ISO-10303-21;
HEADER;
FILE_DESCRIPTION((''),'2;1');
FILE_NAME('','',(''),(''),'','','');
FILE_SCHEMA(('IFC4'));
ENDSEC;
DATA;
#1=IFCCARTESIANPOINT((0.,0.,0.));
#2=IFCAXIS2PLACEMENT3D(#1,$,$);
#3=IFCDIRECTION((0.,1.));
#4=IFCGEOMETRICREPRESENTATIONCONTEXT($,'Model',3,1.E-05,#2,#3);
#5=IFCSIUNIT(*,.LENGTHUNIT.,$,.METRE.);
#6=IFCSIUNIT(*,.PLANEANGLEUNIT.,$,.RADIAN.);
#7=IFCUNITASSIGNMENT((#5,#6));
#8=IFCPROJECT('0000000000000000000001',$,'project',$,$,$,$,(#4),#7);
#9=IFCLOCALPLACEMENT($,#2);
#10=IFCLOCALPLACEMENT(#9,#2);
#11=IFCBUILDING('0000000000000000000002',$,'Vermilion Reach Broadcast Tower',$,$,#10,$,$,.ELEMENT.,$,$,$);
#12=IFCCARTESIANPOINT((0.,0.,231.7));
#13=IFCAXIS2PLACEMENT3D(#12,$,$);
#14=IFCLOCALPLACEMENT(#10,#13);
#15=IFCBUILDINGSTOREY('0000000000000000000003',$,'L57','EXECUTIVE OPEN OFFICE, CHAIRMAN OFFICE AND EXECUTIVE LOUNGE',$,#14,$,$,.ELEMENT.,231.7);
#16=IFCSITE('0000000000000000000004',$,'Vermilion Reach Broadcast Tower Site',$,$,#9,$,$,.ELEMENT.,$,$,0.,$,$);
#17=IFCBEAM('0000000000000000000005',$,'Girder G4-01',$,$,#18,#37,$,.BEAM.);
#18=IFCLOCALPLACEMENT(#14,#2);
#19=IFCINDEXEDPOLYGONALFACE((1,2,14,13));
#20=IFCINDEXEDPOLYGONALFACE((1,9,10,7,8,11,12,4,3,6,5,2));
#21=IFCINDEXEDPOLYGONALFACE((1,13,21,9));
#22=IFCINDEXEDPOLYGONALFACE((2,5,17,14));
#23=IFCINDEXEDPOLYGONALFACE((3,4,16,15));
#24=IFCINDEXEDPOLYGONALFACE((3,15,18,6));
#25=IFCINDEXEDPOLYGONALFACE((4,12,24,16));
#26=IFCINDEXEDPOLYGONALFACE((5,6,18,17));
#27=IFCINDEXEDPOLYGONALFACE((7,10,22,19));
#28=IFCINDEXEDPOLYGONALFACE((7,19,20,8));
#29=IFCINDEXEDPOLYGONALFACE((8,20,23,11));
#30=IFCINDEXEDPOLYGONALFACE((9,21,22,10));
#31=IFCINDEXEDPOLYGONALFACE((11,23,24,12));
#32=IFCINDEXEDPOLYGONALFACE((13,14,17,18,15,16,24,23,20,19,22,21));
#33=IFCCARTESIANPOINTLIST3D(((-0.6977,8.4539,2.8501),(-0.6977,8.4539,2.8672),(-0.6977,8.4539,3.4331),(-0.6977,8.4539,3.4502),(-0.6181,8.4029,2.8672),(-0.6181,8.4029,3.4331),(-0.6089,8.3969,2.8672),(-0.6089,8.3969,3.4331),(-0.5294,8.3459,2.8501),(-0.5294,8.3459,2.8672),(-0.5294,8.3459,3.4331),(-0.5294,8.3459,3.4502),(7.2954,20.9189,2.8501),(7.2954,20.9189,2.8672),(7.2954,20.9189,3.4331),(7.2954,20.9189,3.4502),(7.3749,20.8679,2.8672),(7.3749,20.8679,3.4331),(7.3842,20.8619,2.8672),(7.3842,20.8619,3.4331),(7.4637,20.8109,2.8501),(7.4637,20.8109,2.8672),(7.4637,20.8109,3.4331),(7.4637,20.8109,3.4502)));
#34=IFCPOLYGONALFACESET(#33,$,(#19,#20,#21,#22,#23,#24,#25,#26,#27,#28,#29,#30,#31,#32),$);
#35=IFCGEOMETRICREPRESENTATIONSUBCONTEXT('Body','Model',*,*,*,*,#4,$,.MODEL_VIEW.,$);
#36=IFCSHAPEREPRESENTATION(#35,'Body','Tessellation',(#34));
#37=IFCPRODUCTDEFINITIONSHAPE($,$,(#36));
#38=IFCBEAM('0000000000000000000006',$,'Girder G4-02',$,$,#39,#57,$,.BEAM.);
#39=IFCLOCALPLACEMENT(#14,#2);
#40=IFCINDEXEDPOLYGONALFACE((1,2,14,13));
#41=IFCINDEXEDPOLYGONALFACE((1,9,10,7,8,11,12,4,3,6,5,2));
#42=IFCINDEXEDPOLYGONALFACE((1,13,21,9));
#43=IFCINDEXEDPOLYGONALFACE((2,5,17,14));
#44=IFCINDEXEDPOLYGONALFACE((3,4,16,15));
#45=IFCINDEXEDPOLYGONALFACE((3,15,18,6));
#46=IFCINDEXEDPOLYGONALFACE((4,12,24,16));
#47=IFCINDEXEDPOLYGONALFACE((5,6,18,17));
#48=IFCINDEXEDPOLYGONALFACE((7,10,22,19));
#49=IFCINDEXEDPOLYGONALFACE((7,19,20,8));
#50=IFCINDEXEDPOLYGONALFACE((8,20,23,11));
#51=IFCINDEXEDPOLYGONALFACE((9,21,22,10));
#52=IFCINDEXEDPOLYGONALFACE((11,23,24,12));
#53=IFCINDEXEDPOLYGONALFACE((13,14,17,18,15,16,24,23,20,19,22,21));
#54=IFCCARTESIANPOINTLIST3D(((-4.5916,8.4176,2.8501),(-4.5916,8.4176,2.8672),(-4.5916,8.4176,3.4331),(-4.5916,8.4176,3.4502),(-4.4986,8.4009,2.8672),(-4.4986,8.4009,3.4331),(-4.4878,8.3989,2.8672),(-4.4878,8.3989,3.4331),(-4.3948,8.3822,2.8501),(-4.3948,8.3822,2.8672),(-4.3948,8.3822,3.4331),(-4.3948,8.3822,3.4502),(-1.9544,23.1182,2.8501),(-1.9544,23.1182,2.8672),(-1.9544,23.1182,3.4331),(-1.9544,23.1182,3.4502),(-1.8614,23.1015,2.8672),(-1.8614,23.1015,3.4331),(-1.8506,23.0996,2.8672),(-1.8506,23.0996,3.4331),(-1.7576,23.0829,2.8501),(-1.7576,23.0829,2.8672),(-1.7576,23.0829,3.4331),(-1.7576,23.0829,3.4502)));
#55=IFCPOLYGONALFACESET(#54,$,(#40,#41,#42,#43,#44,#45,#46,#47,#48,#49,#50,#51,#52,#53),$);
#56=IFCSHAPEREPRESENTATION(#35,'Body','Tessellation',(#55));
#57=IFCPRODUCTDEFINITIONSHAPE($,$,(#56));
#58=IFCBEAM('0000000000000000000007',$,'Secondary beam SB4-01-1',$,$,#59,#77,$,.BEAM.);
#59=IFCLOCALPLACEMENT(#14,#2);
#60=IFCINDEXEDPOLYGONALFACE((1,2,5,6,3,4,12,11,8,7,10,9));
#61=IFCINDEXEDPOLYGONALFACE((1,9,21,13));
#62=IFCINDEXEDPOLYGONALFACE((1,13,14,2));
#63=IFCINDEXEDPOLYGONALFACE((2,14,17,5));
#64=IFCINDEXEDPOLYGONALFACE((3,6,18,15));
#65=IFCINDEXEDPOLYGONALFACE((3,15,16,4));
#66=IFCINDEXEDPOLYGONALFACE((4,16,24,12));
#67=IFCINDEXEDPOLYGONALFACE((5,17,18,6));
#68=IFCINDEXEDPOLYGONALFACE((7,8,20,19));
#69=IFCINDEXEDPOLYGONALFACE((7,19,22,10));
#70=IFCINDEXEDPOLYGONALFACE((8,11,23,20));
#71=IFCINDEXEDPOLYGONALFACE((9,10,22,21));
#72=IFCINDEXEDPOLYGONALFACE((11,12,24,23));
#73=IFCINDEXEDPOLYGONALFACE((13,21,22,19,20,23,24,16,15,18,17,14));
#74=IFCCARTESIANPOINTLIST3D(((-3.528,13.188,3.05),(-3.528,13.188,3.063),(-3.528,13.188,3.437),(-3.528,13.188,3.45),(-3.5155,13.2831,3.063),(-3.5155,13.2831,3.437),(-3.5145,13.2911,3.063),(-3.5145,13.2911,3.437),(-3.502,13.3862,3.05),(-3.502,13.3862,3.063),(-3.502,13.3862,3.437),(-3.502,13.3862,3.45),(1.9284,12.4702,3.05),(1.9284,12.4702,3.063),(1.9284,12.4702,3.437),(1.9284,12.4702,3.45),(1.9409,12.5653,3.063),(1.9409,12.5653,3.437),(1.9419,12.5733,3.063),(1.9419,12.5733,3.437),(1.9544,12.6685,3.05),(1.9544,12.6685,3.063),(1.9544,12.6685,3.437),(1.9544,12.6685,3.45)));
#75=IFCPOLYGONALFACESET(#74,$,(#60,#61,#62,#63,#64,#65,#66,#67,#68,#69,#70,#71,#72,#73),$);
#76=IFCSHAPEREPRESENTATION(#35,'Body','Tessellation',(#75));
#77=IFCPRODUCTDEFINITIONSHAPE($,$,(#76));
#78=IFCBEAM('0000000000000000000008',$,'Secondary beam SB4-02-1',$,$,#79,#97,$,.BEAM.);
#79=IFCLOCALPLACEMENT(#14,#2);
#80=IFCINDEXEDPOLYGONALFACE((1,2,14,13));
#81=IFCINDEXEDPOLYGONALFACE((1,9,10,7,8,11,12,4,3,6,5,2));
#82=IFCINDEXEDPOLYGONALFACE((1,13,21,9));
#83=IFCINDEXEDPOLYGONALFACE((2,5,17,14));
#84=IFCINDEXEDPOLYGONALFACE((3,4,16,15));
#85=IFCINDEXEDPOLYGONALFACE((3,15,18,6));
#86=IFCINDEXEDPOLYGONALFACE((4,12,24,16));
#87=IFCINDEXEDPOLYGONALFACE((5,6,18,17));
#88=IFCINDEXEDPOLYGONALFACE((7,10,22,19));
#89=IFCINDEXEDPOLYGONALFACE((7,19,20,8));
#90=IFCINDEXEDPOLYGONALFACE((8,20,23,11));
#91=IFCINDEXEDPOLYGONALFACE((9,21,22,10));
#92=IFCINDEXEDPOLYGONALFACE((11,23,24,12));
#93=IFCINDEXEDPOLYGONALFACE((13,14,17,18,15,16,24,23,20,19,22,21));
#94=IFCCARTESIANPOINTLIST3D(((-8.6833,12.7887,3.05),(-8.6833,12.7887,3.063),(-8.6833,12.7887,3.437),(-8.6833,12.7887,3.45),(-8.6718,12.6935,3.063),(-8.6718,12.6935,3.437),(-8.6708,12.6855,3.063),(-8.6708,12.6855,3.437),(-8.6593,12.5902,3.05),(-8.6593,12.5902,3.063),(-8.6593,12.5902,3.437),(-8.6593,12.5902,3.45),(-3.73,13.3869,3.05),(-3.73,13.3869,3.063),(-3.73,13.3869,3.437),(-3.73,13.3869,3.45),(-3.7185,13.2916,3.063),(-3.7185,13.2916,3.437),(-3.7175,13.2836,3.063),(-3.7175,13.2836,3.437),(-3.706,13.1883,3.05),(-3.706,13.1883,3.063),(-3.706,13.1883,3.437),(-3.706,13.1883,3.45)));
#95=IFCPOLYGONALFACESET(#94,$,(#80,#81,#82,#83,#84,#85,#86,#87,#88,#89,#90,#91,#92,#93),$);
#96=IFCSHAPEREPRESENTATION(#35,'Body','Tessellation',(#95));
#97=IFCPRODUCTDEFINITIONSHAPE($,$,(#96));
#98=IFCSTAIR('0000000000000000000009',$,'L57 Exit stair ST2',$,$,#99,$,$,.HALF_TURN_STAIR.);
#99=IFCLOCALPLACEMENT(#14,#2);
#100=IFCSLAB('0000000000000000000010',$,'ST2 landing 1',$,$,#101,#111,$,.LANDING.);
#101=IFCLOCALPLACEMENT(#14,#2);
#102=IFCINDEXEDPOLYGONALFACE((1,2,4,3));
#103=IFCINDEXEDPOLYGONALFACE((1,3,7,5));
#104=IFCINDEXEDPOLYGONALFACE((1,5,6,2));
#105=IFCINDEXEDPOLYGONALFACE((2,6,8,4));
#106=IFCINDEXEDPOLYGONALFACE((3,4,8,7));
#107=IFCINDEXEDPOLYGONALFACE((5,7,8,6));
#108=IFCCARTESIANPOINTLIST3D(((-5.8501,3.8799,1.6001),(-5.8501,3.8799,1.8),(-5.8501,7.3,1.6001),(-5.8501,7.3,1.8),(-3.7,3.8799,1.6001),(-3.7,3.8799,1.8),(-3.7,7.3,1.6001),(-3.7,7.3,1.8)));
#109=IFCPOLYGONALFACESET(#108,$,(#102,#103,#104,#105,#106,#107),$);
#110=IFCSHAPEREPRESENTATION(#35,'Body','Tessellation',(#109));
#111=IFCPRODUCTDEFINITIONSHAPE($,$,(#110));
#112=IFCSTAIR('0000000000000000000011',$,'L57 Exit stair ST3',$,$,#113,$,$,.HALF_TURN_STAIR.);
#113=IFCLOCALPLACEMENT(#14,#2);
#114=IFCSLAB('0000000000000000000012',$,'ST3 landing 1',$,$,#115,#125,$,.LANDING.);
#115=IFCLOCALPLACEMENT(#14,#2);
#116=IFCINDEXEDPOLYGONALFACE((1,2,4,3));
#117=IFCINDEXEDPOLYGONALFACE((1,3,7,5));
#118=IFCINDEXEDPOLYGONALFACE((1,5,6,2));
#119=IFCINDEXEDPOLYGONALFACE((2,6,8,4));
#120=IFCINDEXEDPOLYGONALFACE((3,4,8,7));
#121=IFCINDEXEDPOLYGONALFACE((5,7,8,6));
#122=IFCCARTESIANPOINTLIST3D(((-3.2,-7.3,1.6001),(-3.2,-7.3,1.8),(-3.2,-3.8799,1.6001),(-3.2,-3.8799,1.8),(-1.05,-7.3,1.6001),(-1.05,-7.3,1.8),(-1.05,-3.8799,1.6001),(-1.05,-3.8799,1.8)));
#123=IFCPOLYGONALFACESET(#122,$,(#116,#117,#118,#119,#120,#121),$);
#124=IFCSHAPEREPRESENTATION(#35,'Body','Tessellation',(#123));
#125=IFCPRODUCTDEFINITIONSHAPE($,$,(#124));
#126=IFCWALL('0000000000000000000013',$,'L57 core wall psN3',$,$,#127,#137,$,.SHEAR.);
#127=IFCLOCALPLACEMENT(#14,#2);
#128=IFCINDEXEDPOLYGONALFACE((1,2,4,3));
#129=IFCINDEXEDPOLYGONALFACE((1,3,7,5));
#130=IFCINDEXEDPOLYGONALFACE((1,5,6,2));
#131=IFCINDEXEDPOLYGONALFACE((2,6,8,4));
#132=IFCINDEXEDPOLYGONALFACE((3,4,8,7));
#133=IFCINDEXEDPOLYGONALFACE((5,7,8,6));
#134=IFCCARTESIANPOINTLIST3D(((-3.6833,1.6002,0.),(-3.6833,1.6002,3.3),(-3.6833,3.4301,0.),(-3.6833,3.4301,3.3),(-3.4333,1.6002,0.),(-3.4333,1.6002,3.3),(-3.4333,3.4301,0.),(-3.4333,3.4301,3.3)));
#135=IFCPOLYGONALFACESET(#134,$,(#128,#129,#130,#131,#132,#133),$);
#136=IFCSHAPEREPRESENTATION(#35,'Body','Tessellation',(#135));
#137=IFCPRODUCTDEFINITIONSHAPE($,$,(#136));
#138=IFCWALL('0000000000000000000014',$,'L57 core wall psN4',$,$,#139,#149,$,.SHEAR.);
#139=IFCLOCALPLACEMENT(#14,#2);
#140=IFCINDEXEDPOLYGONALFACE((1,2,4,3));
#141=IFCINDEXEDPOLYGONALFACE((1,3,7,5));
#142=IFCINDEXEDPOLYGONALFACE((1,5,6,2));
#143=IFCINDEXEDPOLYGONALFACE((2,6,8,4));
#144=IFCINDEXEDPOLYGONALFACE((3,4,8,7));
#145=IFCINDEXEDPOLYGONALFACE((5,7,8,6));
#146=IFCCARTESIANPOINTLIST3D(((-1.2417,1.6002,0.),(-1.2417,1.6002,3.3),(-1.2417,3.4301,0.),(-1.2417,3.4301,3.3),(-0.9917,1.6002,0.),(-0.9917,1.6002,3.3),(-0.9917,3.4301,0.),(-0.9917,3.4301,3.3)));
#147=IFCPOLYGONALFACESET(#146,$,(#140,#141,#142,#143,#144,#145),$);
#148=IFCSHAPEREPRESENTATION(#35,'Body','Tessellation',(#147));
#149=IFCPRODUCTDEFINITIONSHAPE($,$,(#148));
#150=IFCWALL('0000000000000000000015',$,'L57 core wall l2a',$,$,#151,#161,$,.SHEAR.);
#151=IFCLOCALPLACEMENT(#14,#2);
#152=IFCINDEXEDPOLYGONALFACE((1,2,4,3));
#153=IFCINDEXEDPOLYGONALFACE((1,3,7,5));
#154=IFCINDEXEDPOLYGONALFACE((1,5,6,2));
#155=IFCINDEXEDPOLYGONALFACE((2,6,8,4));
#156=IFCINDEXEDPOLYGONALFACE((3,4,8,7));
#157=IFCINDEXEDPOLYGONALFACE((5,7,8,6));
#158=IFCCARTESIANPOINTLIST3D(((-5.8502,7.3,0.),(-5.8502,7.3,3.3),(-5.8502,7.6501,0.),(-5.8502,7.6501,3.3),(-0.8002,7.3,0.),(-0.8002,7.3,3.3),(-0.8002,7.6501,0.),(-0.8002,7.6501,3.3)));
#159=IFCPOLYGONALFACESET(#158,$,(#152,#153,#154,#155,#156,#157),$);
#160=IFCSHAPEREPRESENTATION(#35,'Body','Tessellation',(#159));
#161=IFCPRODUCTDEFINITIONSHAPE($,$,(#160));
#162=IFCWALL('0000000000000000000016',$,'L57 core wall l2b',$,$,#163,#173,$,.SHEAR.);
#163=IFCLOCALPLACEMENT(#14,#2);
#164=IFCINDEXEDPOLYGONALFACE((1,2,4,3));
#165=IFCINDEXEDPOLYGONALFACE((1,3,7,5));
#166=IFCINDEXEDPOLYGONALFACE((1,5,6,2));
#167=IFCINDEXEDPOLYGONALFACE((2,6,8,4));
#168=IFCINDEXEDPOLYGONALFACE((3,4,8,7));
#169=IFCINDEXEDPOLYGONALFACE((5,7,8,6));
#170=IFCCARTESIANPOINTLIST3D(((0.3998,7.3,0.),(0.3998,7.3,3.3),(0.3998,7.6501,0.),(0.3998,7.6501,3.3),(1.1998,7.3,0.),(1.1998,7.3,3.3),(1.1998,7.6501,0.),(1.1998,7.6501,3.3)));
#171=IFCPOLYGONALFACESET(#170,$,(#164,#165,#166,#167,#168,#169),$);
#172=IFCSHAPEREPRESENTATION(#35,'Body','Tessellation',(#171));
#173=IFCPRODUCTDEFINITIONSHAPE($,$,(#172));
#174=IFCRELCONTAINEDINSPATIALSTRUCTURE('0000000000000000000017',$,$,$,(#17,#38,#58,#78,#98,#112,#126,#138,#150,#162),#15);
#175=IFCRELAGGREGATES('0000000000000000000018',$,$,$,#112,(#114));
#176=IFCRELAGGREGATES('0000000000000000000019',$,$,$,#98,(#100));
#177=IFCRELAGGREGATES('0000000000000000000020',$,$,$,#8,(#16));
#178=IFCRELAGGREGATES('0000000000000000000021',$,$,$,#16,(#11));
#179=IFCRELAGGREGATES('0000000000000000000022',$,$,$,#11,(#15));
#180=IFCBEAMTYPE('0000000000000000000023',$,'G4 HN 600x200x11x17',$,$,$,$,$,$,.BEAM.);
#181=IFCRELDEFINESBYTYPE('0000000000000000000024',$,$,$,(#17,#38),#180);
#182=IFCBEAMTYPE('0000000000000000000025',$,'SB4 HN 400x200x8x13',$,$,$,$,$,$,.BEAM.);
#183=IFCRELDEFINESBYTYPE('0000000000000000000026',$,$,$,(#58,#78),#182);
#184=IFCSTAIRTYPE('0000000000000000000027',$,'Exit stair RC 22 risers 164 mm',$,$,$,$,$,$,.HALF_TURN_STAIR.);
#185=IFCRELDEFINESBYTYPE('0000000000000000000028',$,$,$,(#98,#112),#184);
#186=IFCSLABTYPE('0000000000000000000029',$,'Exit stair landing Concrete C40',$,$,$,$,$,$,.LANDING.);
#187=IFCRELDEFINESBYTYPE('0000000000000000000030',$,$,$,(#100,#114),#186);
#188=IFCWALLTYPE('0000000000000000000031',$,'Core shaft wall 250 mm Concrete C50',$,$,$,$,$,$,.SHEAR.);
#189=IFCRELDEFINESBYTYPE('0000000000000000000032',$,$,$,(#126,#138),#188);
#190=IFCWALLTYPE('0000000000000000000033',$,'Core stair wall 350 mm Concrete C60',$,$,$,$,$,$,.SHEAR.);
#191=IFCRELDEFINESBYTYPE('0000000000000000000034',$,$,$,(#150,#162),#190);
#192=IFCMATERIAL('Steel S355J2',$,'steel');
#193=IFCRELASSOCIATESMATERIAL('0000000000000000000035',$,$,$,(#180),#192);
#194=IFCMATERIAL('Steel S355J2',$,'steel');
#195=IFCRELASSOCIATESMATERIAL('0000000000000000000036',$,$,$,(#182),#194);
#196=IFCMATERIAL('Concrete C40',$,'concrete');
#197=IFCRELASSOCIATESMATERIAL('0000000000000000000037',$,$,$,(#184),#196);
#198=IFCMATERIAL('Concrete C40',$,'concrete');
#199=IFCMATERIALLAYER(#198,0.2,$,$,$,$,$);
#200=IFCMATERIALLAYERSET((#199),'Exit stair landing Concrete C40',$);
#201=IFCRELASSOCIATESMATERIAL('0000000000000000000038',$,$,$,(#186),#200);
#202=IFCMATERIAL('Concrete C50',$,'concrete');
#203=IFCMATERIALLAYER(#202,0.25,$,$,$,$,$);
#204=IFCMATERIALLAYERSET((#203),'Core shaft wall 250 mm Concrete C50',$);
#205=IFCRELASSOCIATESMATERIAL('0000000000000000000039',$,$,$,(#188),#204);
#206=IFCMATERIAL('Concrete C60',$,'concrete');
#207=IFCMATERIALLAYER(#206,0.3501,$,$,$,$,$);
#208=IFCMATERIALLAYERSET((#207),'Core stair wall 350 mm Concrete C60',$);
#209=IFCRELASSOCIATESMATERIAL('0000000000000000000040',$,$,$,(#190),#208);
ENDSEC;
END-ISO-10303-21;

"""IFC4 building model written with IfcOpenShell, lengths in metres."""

from ifc_helpers import new_model, si_unit, direction, frame, frame_2d, origin, origin_2d, place, context, subcontext, project, spatial, polyline, rectangle, i_section, outline, extrude, material, layer, layer_set, material_profile, profile_set, type_object, element, aggregate, save


model = new_model("IFC4")

# Units and contexts
model_context = context("Model", 3, precision=1e-05, world=origin(), true_north=direction((0.0, 1.0)))
body_context = subcontext(model_context, "Body", "Model", "MODEL_VIEW")
ifc_project = project(units=[si_unit("LENGTHUNIT", "METRE"), si_unit("PLANEANGLEUNIT", "RADIAN")], contexts=[model_context])

# Site, building, storey
site_placement = place(None, origin())
site = spatial("IfcSite", under=ifc_project, at=site_placement, Name="Vermilion Reach Broadcast Tower Site", CompositionType="ELEMENT", RefElevation=0.0)
building_placement = place(site_placement, origin())
building = spatial("IfcBuilding", under=site, at=building_placement, Name="Vermilion Reach Broadcast Tower", CompositionType="ELEMENT")
storey_placement = place(building_placement, frame((0.0, 0.0, 231.7)))
storey = spatial("IfcBuildingStorey", under=building, at=storey_placement, Name="L57", Description="EXECUTIVE OPEN OFFICE, CHAIRMAN OFFICE AND EXECUTIVE LOUNGE", CompositionType="ELEMENT", Elevation=231.7)

# Beams
ifc_material_1 = material(Name="Steel S355J2", Category="steel")
ifc_material_profile_1 = material_profile(ifc_material_1, i_section(OverallWidth=0.2, OverallDepth=0.6001, WebThickness=0.011, FlangeThickness=0.0171, at=origin_2d()), Name="S355J2 HN 600x200x11x17")
ifc_profile_set_1 = profile_set([ifc_material_profile_1], Name="Steel S355J2")
beam_type_1 = type_object("IfcBeamType", Name="G4 HN 600x200x11x17", PredefinedType="BEAM", material=ifc_profile_set_1)
beam_1_placement = place(storey_placement, frame((-0.6135, 8.3999, 3.1501), z_axis=(0.539796, 0.841796, 0.0), x_axis=(-0.841796, 0.539796, 0.0)))
element("IfcBeam", 1, at=beam_1_placement, inside=storey, type_object=beam_type_1, Name="Girder G4-01", PredefinedType="BEAM", context=body_context, shape_type="SweptSolid", body=[
    extrude(i_section(OverallWidth=0.2, OverallDepth=0.6001, WebThickness=0.011, FlangeThickness=0.0171, at=origin_2d()), origin(), (0.0, 0.0, 1.0), 14.8076),
])
beam_2_placement = place(storey_placement, frame((-4.4932, 8.3999, 3.1501), z_axis=(0.176575, 0.984287, 0.0), x_axis=(-0.984287, 0.176575, 0.0)))
element("IfcBeam", 2, at=beam_2_placement, inside=storey, type_object=beam_type_1, Name="Girder G4-02", PredefinedType="BEAM", context=body_context, shape_type="SweptSolid", body=[
    extrude(i_section(OverallWidth=0.2, OverallDepth=0.6001, WebThickness=0.011, FlangeThickness=0.0171, at=origin_2d()), origin(), (0.0, 0.0, 1.0), 14.9353),
])
ifc_material_2 = material(Name="Steel S355J2", Category="steel")
ifc_material_profile_2 = material_profile(ifc_material_2, i_section(OverallWidth=0.2, OverallDepth=0.3999, WebThickness=0.0081, FlangeThickness=0.0129, at=origin_2d()), Name="S355J2 HN 400x200x8x13")
ifc_profile_set_2 = profile_set([ifc_material_profile_2], Name="Steel S355J2")
beam_type_2 = type_object("IfcBeamType", Name="SB4 HN 400x200x8x13", PredefinedType="BEAM", material=ifc_profile_set_2)
beam_3_placement = place(storey_placement, frame((1.9414, 12.5693, 3.25), z_axis=(-0.991458, 0.130426, 0.0), x_axis=(-0.130426, -0.991458, 0.0)))
element("IfcBeam", 3, at=beam_3_placement, inside=storey, type_object=beam_type_2, Name="Secondary beam SB4-01-1", PredefinedType="BEAM", context=body_context, shape_type="SweptSolid", body=[
    extrude(i_section(OverallWidth=0.2, OverallDepth=0.3999, WebThickness=0.0081, FlangeThickness=0.0129, at=origin_2d()), origin(), (0.0, 0.0, 1.0), 5.5034),
])
beam_4_placement = place(storey_placement, frame((-3.718, 13.2876, 3.25), z_axis=(-0.992788, -0.119884, 0.0), x_axis=(0.119884, -0.992788, 0.0)))
element("IfcBeam", 4, at=beam_4_placement, inside=storey, type_object=beam_type_2, Name="Secondary beam SB4-02-1", PredefinedType="BEAM", context=body_context, shape_type="SweptSolid", body=[
    extrude(i_section(OverallWidth=0.2, OverallDepth=0.3999, WebThickness=0.0081, FlangeThickness=0.0129, at=origin_2d()), origin(), (0.0, 0.0, 1.0), 4.9893),
])

# Stairs, slabs
ifc_material_3 = material(Name="Concrete C40", Category="concrete")
stair_type = type_object("IfcStairType", Name="Exit stair RC 22 risers 164 mm", PredefinedType="HALF_TURN_STAIR", material=ifc_material_3)
placement_1 = place(storey_placement, origin())
stair_1 = element("IfcStair", 5, at=placement_1, inside=storey, type_object=stair_type, Name="L57 Exit stair ST2", PredefinedType="HALF_TURN_STAIR")
ifc_material_4 = material(Name="Concrete C40", Category="concrete")
ifc_layer_1 = layer(ifc_material_4, 0.2)
ifc_layer_set_1 = layer_set([ifc_layer_1], Name="Exit stair landing Concrete C40")
slab_type = type_object("IfcSlabType", Name="Exit stair landing Concrete C40", PredefinedType="LANDING", material=ifc_layer_set_1)
placement_2 = place(storey_placement, frame((0.0, 0.0, 1.6001)))
slab_1 = element("IfcSlab", 6, at=placement_2, type_object=slab_type, Name="ST2 landing 1", PredefinedType="LANDING", context=body_context, shape_type="SweptSolid", body=[
    extrude(outline(polyline([(-3.7, 7.3), (-5.8501, 7.3), (-5.8501, 3.8799), (-3.7, 3.8799), (-3.7, 7.3)])), origin(), (0.0, 0.0, 1.0), 0.2),
])
stair_2 = element("IfcStair", 7, at=placement_1, inside=storey, type_object=stair_type, Name="L57 Exit stair ST3", PredefinedType="HALF_TURN_STAIR")
slab_2 = element("IfcSlab", 8, at=placement_2, type_object=slab_type, Name="ST3 landing 1", PredefinedType="LANDING", context=body_context, shape_type="SweptSolid", body=[
    extrude(outline(polyline([(-3.2, -7.3), (-1.05, -7.3), (-1.05, -3.8799), (-3.2, -3.8799), (-3.2, -7.3)])), origin(), (0.0, 0.0, 1.0), 0.2),
])
aggregate(stair_2, [slab_2])

# Walls
ifc_material_5 = material(Name="Concrete C50", Category="concrete")
ifc_layer_2 = layer(ifc_material_5, 0.25)
ifc_layer_set_2 = layer_set([ifc_layer_2], Name="Core shaft wall 250 mm Concrete C50")
wall_type_1 = type_object("IfcWallType", Name="Core shaft wall 250 mm Concrete C50", PredefinedType="SHEAR", material=ifc_layer_set_2)
for number, where, z_axis, x_axis, name in (
    (9, (-3.5583, 1.6001, 0.0), (0.0, 0.0, 1.0), (0.0, 1.0, 0.0), "L57 core wall psN3"),
    (10, (-1.1167, 1.6001, 0.0), (0.0, 0.0, 1.0), (0.0, 1.0, 0.0), "L57 core wall psN4"),
):
    element("IfcWall", number, at=place(storey_placement, frame(where, z_axis=z_axis, x_axis=x_axis)), inside=storey, type_object=wall_type_1, Name=name, PredefinedType="SHEAR", context=body_context, shape_type="SweptSolid", body=[
        extrude(rectangle(XDim=1.8298, YDim=0.25, at=frame_2d((0.915, 0.0))), origin(), (0.0, 0.0, 1.0), 3.3),
    ])
ifc_material_6 = material(Name="Concrete C60", Category="concrete")
ifc_layer_3 = layer(ifc_material_6, 0.3501)
ifc_layer_set_3 = layer_set([ifc_layer_3], Name="Core stair wall 350 mm Concrete C60")
wall_type_2 = type_object("IfcWallType", Name="Core stair wall 350 mm Concrete C60", PredefinedType="SHEAR", material=ifc_layer_set_3)
wall_1_placement = place(storey_placement, frame((-5.8501, 7.4751, 0.0), z_axis=(0.0, 0.0, 1.0), x_axis=(1.0, 0.0, 0.0)))
element("IfcWall", 11, at=wall_1_placement, inside=storey, type_object=wall_type_2, Name="L57 core wall l2a", PredefinedType="SHEAR", context=body_context, shape_type="SweptSolid", body=[
    extrude(rectangle(XDim=5.05, YDim=0.3501, at=frame_2d((2.5249, 0.0))), origin(), (0.0, 0.0, 1.0), 3.3),
])
wall_2_placement = place(storey_placement, frame((0.3999, 7.4751, 0.0), z_axis=(0.0, 0.0, 1.0), x_axis=(1.0, 0.0, 0.0)))
element("IfcWall", 12, at=wall_2_placement, inside=storey, type_object=wall_type_2, Name="L57 core wall l2b", PredefinedType="SHEAR", context=body_context, shape_type="SweptSolid", body=[
    extrude(rectangle(XDim=0.8, YDim=0.3501, at=frame_2d((0.3999, 0.0))), origin(), (0.0, 0.0, 1.0), 3.3),
])

aggregate(stair_1, [slab_1])

save(model, "model.ifc")
